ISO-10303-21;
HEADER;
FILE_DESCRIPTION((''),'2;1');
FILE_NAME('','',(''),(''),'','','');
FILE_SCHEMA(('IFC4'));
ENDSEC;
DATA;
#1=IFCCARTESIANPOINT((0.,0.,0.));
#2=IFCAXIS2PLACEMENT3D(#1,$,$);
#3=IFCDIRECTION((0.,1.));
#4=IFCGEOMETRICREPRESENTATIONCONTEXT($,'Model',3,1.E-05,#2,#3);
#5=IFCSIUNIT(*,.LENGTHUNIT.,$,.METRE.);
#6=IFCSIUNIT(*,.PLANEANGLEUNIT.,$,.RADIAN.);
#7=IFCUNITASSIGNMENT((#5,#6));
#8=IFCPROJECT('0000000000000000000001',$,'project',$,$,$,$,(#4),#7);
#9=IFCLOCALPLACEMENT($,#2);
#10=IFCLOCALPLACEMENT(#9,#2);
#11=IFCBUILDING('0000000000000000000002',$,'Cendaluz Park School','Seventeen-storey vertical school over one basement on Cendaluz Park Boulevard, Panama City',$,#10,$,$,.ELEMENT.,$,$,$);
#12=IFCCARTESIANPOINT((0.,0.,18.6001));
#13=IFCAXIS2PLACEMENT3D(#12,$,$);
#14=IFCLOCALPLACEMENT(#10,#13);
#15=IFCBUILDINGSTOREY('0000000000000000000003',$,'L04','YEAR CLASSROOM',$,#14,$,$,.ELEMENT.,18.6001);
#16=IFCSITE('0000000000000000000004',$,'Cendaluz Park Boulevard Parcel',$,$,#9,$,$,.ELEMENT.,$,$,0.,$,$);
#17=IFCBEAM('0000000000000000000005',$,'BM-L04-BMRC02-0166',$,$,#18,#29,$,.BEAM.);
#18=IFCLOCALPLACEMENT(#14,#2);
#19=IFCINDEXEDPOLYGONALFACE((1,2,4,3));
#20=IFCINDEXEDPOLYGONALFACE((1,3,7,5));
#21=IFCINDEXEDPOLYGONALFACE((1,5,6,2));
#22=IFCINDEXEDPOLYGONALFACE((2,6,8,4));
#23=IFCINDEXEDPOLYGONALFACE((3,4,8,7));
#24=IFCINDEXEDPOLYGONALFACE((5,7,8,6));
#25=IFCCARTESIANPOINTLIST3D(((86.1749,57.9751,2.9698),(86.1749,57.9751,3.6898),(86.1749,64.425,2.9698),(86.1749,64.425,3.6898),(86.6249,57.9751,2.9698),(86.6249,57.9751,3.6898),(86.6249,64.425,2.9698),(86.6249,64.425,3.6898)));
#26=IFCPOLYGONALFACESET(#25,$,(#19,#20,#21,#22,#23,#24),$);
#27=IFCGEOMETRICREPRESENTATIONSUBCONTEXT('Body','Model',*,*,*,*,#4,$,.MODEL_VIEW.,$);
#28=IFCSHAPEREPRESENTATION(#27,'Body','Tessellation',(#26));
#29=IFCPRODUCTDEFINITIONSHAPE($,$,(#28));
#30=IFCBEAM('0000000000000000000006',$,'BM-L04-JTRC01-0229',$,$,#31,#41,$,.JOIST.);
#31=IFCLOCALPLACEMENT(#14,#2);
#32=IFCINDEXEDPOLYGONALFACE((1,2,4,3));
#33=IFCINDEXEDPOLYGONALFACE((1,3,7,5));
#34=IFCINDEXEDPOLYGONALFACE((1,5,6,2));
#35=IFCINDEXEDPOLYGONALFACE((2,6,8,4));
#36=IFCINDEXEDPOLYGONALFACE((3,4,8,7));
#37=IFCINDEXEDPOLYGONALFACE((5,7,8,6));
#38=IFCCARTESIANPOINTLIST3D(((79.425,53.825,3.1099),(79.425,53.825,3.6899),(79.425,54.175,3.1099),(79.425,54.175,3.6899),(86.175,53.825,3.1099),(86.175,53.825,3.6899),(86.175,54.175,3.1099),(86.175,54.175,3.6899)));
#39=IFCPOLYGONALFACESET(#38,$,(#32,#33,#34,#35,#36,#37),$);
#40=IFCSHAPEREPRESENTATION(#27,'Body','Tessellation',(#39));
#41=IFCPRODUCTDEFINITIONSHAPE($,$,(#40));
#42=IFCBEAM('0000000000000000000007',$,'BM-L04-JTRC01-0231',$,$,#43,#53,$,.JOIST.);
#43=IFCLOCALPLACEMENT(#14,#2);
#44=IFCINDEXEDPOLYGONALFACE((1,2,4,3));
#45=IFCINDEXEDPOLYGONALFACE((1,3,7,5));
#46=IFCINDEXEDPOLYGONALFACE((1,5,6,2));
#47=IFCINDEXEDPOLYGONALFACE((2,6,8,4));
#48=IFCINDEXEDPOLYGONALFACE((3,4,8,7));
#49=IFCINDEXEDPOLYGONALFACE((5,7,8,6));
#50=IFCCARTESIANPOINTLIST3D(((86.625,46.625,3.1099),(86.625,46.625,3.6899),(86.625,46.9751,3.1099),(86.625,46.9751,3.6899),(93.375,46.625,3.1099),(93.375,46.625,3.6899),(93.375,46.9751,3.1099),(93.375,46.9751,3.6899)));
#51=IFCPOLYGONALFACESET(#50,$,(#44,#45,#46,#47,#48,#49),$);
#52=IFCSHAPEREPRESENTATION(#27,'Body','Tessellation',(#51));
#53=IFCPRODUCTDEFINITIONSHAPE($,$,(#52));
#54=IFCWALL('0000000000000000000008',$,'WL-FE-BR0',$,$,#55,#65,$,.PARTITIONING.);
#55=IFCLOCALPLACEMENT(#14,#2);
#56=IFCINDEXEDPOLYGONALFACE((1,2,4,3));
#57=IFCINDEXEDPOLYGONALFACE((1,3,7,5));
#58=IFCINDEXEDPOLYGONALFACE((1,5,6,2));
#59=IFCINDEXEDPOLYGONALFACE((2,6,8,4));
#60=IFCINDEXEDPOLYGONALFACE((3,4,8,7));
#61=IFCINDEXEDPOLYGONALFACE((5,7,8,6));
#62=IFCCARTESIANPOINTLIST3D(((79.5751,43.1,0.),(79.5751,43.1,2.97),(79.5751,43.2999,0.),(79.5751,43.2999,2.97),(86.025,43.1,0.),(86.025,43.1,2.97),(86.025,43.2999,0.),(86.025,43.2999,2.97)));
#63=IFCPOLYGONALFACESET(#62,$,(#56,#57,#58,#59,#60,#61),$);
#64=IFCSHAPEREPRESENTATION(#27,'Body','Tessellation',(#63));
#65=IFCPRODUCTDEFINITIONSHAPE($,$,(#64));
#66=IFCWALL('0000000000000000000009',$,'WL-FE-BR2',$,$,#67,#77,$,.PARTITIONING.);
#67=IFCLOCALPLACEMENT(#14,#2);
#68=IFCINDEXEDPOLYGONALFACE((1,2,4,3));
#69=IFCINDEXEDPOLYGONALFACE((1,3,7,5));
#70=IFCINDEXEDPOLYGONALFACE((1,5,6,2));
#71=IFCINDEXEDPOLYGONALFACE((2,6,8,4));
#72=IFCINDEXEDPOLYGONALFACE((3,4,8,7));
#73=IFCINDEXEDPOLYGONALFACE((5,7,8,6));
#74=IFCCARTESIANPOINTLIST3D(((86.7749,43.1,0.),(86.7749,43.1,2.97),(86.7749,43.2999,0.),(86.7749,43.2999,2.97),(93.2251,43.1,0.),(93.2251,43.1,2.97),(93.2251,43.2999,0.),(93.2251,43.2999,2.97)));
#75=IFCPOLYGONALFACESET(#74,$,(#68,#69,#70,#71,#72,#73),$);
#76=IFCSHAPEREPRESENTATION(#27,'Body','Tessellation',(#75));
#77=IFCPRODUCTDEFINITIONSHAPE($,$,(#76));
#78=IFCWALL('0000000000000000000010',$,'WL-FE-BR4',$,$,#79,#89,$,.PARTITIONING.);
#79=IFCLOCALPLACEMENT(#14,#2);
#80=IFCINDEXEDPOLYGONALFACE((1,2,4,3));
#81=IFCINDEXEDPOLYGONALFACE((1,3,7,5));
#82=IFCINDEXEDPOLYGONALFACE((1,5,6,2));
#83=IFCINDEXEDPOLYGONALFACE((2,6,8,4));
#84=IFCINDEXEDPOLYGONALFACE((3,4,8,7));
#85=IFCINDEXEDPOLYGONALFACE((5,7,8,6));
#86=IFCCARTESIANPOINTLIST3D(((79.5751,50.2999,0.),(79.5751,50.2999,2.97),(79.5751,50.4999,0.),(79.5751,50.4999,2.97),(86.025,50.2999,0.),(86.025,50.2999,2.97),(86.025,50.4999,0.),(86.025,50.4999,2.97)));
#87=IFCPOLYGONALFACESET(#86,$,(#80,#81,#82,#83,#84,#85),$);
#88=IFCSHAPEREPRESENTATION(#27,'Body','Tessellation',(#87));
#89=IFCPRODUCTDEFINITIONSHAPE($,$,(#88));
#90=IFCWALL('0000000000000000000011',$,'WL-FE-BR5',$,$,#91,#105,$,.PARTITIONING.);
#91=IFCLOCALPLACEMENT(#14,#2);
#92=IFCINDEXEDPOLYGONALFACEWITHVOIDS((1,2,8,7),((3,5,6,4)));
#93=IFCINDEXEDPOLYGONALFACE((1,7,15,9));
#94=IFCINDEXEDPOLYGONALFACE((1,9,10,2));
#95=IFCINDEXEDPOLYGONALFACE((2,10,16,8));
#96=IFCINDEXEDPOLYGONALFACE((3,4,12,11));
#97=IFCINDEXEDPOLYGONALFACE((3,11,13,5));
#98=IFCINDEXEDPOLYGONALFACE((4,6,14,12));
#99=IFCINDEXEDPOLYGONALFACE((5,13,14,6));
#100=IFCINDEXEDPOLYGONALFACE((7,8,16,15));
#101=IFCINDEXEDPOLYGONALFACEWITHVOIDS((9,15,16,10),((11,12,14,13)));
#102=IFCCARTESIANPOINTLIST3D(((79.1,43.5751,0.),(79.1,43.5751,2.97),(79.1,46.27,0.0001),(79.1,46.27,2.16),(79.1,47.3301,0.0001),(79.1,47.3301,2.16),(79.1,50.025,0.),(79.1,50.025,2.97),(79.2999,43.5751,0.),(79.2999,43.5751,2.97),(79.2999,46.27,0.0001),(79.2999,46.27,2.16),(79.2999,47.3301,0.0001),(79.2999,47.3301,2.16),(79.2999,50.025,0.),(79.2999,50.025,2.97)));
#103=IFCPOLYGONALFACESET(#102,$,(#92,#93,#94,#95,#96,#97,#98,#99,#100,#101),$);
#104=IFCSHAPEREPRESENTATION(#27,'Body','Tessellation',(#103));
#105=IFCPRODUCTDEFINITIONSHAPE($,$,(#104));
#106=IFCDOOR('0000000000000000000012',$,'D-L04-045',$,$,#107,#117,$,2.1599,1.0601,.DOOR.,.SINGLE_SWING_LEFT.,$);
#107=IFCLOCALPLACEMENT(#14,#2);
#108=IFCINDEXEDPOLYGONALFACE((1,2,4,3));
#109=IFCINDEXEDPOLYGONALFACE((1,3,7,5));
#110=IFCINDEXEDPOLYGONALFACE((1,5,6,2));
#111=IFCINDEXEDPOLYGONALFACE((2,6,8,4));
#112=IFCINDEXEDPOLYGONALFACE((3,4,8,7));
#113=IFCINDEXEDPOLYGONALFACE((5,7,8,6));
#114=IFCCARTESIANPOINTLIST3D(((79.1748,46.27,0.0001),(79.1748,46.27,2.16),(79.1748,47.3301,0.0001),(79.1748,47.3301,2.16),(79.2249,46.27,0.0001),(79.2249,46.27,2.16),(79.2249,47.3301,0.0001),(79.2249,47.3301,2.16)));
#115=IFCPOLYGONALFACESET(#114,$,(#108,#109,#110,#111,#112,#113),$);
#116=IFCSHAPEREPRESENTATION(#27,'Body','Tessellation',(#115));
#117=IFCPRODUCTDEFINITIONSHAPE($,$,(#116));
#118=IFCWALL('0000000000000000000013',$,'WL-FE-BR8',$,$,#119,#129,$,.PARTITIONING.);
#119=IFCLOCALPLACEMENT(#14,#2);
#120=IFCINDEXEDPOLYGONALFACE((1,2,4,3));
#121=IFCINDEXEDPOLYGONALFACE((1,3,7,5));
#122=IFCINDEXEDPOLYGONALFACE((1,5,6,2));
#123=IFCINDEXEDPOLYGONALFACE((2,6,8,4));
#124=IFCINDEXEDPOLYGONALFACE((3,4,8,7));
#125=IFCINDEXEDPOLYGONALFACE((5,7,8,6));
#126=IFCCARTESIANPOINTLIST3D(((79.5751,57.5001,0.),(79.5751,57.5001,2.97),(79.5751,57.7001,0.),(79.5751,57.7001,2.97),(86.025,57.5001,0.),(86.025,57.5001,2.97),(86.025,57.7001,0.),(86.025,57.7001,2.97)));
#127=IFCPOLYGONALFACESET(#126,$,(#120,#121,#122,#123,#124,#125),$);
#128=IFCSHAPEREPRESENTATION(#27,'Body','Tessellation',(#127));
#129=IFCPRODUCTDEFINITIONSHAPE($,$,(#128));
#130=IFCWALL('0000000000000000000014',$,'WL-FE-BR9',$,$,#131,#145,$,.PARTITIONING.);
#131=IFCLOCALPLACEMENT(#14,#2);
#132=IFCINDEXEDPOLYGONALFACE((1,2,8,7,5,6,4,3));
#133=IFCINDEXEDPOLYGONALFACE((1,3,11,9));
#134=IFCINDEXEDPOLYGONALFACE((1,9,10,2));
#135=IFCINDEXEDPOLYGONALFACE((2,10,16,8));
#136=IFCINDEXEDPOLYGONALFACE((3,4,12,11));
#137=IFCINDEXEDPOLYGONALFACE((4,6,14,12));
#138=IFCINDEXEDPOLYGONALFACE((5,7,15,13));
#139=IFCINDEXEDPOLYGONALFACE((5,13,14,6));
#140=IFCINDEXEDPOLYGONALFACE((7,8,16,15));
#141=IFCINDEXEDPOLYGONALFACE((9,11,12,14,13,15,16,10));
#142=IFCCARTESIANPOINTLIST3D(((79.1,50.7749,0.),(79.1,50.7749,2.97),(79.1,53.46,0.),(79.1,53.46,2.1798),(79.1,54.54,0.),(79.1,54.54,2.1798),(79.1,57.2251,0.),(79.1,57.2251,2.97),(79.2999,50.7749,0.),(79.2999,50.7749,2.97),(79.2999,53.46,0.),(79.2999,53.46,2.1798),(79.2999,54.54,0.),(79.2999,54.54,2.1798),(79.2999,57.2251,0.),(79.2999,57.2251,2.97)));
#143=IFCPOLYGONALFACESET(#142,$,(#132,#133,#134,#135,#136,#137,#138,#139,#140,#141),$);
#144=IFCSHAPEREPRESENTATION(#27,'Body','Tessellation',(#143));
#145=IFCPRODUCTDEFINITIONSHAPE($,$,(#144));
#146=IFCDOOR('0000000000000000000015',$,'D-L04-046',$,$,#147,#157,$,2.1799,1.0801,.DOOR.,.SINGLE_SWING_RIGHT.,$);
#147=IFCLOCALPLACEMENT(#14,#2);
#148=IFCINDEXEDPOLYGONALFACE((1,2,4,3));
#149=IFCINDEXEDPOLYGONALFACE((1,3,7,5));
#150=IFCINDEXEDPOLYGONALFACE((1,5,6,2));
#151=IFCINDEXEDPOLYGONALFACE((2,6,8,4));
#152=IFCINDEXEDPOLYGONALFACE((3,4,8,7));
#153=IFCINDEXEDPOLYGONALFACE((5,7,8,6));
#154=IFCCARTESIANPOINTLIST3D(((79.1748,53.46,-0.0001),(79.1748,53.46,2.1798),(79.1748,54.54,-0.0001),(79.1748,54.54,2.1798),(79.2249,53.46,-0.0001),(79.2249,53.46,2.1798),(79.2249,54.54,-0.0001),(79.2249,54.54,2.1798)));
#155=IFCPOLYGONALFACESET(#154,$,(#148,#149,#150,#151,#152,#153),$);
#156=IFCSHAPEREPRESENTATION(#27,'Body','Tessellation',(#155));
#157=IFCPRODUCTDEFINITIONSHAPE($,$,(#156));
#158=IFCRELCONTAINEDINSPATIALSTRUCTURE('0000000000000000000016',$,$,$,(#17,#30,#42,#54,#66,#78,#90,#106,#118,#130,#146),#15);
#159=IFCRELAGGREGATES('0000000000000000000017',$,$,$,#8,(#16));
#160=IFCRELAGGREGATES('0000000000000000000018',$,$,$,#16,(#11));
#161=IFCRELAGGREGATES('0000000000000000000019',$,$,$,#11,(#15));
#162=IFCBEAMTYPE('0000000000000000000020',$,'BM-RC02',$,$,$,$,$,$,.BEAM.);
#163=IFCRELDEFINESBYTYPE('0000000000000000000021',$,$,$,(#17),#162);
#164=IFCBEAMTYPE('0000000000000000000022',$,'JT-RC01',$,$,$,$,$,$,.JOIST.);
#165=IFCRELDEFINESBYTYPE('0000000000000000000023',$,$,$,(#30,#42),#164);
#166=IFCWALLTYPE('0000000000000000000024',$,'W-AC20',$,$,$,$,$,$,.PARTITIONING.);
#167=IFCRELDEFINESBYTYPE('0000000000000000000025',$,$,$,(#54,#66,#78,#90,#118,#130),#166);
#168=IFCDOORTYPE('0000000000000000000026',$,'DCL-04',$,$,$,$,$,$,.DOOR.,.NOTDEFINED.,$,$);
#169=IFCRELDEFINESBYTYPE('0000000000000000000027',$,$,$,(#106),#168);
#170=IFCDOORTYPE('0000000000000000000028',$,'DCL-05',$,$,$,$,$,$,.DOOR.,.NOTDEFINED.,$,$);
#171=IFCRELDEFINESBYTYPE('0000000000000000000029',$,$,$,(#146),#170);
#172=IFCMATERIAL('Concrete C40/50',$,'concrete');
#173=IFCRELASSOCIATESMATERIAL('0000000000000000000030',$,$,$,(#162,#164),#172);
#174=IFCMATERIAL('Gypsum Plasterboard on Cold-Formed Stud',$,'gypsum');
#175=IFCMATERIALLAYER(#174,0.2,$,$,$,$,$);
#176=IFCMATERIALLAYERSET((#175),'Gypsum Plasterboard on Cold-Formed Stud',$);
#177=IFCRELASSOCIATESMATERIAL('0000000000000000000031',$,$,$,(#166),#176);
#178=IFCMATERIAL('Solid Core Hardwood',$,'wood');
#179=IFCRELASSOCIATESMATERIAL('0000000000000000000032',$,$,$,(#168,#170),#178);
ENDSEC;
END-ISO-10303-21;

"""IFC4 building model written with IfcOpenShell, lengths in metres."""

from ifc_helpers import new_model, si_unit, direction, frame, frame_2d, origin, origin_2d, place, context, subcontext, project, spatial, rectangle, extrude, material, layer, layer_set, material_profile, profile_set, type_object, element, fill, save


model = new_model("IFC4")

# Units and contexts
model_context = context("Model", 3, precision=1e-05, world=origin(), true_north=direction((0.0, 1.0)))
body_context = subcontext(model_context, "Body", "Model", "MODEL_VIEW")
ifc_project = project(units=[si_unit("LENGTHUNIT", "METRE"), si_unit("PLANEANGLEUNIT", "RADIAN")], contexts=[model_context])

# Site, building, storey
site_placement = place(None, origin())
site = spatial("IfcSite", under=ifc_project, at=site_placement, Name="Cendaluz Park Boulevard Parcel", CompositionType="ELEMENT", RefElevation=0.0)
building_placement = place(site_placement, origin())
building = spatial("IfcBuilding", under=site, at=building_placement, Name="Cendaluz Park School", Description="Seventeen-storey vertical school over one basement on Cendaluz Park Boulevard, Panama City", CompositionType="ELEMENT")
storey_placement = place(building_placement, frame((0.0, 0.0, 18.6001)))
storey = spatial("IfcBuildingStorey", under=building, at=storey_placement, Name="L04", Description="YEAR CLASSROOM", CompositionType="ELEMENT", Elevation=18.6001)

# Shared definitions
ifc_material_1 = material(Name="Concrete C40/50", Category="concrete")

# Beams
ifc_material_profile_1 = material_profile(ifc_material_1, rectangle(XDim=0.45, YDim=0.72, at=origin_2d()), Name="RC 450x720", Category="concrete")
ifc_profile_set_1 = profile_set([ifc_material_profile_1], Name="Concrete C40/50")
beam_type_1 = type_object("IfcBeamType", Name="BM-RC02", PredefinedType="BEAM", material=ifc_profile_set_1)
beam_1_placement = place(storey_placement, frame((86.3999, 57.9751, 3.3298), z_axis=(0.0, 1.0, 0.0), x_axis=(-1.0, 0.0, 0.0)))
element("IfcBeam", 1, at=beam_1_placement, inside=storey, type_object=beam_type_1, Name="BM-L04-BMRC02-0166", PredefinedType="BEAM", context=body_context, shape_type="SweptSolid", body=[
    extrude(rectangle(XDim=0.45, YDim=0.72, at=origin_2d()), origin(), (0.0, 0.0, 1.0), 6.45),
])
ifc_material_profile_2 = material_profile(ifc_material_1, rectangle(XDim=0.3501, YDim=0.5801, at=origin_2d()), Name="RC 350x580", Category="concrete")
ifc_profile_set_2 = profile_set([ifc_material_profile_2], Name="Concrete C40/50")
beam_type_2 = type_object("IfcBeamType", Name="JT-RC01", PredefinedType="JOIST", material=ifc_profile_set_2)
for number, where, z_axis, x_axis, name in (
    (2, (79.425, 54.0, 3.3999), (1.0, 0.0, 0.0), (0.0, 1.0, 0.0), "BM-L04-JTRC01-0229"),
    (3, (86.625, 46.8, 3.3999), (1.0, 0.0, 0.0), (0.0, 1.0, 0.0), "BM-L04-JTRC01-0231"),
):
    element("IfcBeam", number, at=place(storey_placement, frame(where, z_axis=z_axis, x_axis=x_axis)), inside=storey, type_object=beam_type_2, Name=name, PredefinedType="JOIST", context=body_context, shape_type="SweptSolid", body=[
        extrude(rectangle(XDim=0.3501, YDim=0.5801, at=origin_2d()), origin(), (0.0, 0.0, 1.0), 6.75),
    ])

# Walls
ifc_material_2 = material(Name="Gypsum Plasterboard on Cold-Formed Stud", Category="gypsum")
ifc_layer = layer(ifc_material_2, 0.2)
ifc_layer_set = layer_set([ifc_layer], Name="Gypsum Plasterboard on Cold-Formed Stud")
wall_type = type_object("IfcWallType", Name="W-AC20", PredefinedType="PARTITIONING", material=ifc_layer_set)
wall_1_placement = place(storey_placement, frame((79.575, 43.2, 0.0), z_axis=(0.0, 0.0, 1.0), x_axis=(1.0, 0.0, 0.0)))
element("IfcWall", 4, at=wall_1_placement, inside=storey, type_object=wall_type, Name="WL-FE-BR0", PredefinedType="PARTITIONING", context=body_context, shape_type="SweptSolid", body=[
    extrude(rectangle(XDim=6.45, YDim=0.2, at=frame_2d((3.2251, 0.0))), origin(), (0.0, 0.0, 1.0), 2.97),
])
wall_2_placement = place(storey_placement, frame((86.7749, 43.2, 0.0), z_axis=(0.0, 0.0, 1.0), x_axis=(1.0, 0.0, 0.0)))
element("IfcWall", 5, at=wall_2_placement, inside=storey, type_object=wall_type, Name="WL-FE-BR2", PredefinedType="PARTITIONING", context=body_context, shape_type="SweptSolid", body=[
    extrude(rectangle(XDim=6.4502, YDim=0.2, at=frame_2d((3.2251, 0.0))), origin(), (0.0, 0.0, 1.0), 2.97),
])
wall_3_placement = place(storey_placement, frame((79.575, 50.3999, 0.0), z_axis=(0.0, 0.0, 1.0), x_axis=(1.0, 0.0, 0.0)))
element("IfcWall", 6, at=wall_3_placement, inside=storey, type_object=wall_type, Name="WL-FE-BR4", PredefinedType="PARTITIONING", context=body_context, shape_type="SweptSolid", body=[
    extrude(rectangle(XDim=6.45, YDim=0.2, at=frame_2d((3.2251, 0.0))), origin(), (0.0, 0.0, 1.0), 2.97),
])

# Wall, opening, door
wall_4_placement = place(storey_placement, frame((79.2, 43.575, 0.0), z_axis=(0.0, 0.0, 1.0), x_axis=(0.0, 1.0, 0.0)))
wall_4 = element("IfcWall", 7, at=wall_4_placement, inside=storey, type_object=wall_type, Name="WL-FE-BR5", PredefinedType="PARTITIONING", context=body_context, shape_type="SweptSolid", body=[
    extrude(rectangle(XDim=6.45, YDim=0.2, at=frame_2d((3.2251, 0.0))), origin(), (0.0, 0.0, 1.0), 2.97),
])
opening_1_placement = place(wall_4_placement, frame((2.6951, 0.0, 0.0)))
opening_1 = element("IfcOpeningElement", 8, at=opening_1_placement, cuts=wall_4, PredefinedType="OPENING", context=body_context, shape_type="SweptSolid", body=[
    extrude(rectangle(XDim=1.0601, YDim=2.1599, at=frame_2d((0.53, 1.0801))), frame((0.0, 0.1121, 0.0), z_axis=(0.0, -1.0, 0.0), x_axis=(1.0, 0.0, 0.0)), (0.0, 0.0, 1.0), 0.2239),
])
ifc_material_3 = material(Name="Solid Core Hardwood", Category="wood")
door_type_1 = type_object("IfcDoorType", Name="DCL-04", OperationType="NOTDEFINED", PredefinedType="DOOR", material=ifc_material_3)
door_1_placement = place(opening_1_placement, frame((1.0601, 0.0, 0.0), z_axis=(0.0, 0.0, 1.0), x_axis=(-1.0, 0.0, 0.0)))
door_1 = element("IfcDoor", 9, at=door_1_placement, inside=storey, type_object=door_type_1, Name="D-L04-045", OperationType="SINGLE_SWING_LEFT", OverallHeight=2.1599, OverallWidth=1.0601, PredefinedType="DOOR", context=body_context, shape_type="SweptSolid", body=[
    extrude(rectangle(XDim=1.0601, YDim=2.1599, at=frame_2d((0.53, 1.0801))), frame((0.0, 0.0249, 0.0), z_axis=(0.0, -1.0, 0.0), x_axis=(1.0, 0.0, 0.0)), (0.0, 0.0, 1.0), 0.05),
])
fill(opening_1, door_1)

# Wall
wall_5_placement = place(storey_placement, frame((79.575, 57.6001, 0.0), z_axis=(0.0, 0.0, 1.0), x_axis=(1.0, 0.0, 0.0)))
element("IfcWall", 10, at=wall_5_placement, inside=storey, type_object=wall_type, Name="WL-FE-BR8", PredefinedType="PARTITIONING", context=body_context, shape_type="SweptSolid", body=[
    extrude(rectangle(XDim=6.45, YDim=0.2, at=frame_2d((3.2251, 0.0))), origin(), (0.0, 0.0, 1.0), 2.97),
])

# Wall, opening, door
wall_6_placement = place(storey_placement, frame((79.2, 50.7749, 0.0), z_axis=(0.0, 0.0, 1.0), x_axis=(0.0, 1.0, 0.0)))
wall_6 = element("IfcWall", 11, at=wall_6_placement, inside=storey, type_object=wall_type, Name="WL-FE-BR9", PredefinedType="PARTITIONING", context=body_context, shape_type="SweptSolid", body=[
    extrude(rectangle(XDim=6.4502, YDim=0.2, at=frame_2d((3.2251, 0.0))), origin(), (0.0, 0.0, 1.0), 2.97),
])
opening_2_placement = place(wall_6_placement, frame((2.6851, 0.0, 0.0)))
opening_2 = element("IfcOpeningElement", 12, at=opening_2_placement, cuts=wall_6, PredefinedType="OPENING", context=body_context, shape_type="SweptSolid", body=[
    extrude(rectangle(XDim=1.0801, YDim=2.1799, at=frame_2d((0.54, 1.0898))), frame((0.0, 0.1121, 0.0), z_axis=(0.0, -1.0, 0.0), x_axis=(1.0, 0.0, 0.0)), (0.0, 0.0, 1.0), 0.2239),
])
door_type_2 = type_object("IfcDoorType", Name="DCL-05", OperationType="NOTDEFINED", PredefinedType="DOOR", material=ifc_material_3)
door_2_placement = place(opening_2_placement, frame((1.0801, 0.0, 0.0), z_axis=(0.0, 0.0, 1.0), x_axis=(-1.0, 0.0, 0.0)))
door_2 = element("IfcDoor", 13, at=door_2_placement, inside=storey, type_object=door_type_2, Name="D-L04-046", OperationType="SINGLE_SWING_RIGHT", OverallHeight=2.1799, OverallWidth=1.0801, PredefinedType="DOOR", context=body_context, shape_type="SweptSolid", body=[
    extrude(rectangle(XDim=1.0801, YDim=2.1799, at=frame_2d((0.54, 1.0898))), frame((0.0, 0.0249, 0.0), z_axis=(0.0, -1.0, 0.0), x_axis=(1.0, 0.0, 0.0)), (0.0, 0.0, 1.0), 0.05),
])
fill(opening_2, door_2)

save(model, "model.ifc")
